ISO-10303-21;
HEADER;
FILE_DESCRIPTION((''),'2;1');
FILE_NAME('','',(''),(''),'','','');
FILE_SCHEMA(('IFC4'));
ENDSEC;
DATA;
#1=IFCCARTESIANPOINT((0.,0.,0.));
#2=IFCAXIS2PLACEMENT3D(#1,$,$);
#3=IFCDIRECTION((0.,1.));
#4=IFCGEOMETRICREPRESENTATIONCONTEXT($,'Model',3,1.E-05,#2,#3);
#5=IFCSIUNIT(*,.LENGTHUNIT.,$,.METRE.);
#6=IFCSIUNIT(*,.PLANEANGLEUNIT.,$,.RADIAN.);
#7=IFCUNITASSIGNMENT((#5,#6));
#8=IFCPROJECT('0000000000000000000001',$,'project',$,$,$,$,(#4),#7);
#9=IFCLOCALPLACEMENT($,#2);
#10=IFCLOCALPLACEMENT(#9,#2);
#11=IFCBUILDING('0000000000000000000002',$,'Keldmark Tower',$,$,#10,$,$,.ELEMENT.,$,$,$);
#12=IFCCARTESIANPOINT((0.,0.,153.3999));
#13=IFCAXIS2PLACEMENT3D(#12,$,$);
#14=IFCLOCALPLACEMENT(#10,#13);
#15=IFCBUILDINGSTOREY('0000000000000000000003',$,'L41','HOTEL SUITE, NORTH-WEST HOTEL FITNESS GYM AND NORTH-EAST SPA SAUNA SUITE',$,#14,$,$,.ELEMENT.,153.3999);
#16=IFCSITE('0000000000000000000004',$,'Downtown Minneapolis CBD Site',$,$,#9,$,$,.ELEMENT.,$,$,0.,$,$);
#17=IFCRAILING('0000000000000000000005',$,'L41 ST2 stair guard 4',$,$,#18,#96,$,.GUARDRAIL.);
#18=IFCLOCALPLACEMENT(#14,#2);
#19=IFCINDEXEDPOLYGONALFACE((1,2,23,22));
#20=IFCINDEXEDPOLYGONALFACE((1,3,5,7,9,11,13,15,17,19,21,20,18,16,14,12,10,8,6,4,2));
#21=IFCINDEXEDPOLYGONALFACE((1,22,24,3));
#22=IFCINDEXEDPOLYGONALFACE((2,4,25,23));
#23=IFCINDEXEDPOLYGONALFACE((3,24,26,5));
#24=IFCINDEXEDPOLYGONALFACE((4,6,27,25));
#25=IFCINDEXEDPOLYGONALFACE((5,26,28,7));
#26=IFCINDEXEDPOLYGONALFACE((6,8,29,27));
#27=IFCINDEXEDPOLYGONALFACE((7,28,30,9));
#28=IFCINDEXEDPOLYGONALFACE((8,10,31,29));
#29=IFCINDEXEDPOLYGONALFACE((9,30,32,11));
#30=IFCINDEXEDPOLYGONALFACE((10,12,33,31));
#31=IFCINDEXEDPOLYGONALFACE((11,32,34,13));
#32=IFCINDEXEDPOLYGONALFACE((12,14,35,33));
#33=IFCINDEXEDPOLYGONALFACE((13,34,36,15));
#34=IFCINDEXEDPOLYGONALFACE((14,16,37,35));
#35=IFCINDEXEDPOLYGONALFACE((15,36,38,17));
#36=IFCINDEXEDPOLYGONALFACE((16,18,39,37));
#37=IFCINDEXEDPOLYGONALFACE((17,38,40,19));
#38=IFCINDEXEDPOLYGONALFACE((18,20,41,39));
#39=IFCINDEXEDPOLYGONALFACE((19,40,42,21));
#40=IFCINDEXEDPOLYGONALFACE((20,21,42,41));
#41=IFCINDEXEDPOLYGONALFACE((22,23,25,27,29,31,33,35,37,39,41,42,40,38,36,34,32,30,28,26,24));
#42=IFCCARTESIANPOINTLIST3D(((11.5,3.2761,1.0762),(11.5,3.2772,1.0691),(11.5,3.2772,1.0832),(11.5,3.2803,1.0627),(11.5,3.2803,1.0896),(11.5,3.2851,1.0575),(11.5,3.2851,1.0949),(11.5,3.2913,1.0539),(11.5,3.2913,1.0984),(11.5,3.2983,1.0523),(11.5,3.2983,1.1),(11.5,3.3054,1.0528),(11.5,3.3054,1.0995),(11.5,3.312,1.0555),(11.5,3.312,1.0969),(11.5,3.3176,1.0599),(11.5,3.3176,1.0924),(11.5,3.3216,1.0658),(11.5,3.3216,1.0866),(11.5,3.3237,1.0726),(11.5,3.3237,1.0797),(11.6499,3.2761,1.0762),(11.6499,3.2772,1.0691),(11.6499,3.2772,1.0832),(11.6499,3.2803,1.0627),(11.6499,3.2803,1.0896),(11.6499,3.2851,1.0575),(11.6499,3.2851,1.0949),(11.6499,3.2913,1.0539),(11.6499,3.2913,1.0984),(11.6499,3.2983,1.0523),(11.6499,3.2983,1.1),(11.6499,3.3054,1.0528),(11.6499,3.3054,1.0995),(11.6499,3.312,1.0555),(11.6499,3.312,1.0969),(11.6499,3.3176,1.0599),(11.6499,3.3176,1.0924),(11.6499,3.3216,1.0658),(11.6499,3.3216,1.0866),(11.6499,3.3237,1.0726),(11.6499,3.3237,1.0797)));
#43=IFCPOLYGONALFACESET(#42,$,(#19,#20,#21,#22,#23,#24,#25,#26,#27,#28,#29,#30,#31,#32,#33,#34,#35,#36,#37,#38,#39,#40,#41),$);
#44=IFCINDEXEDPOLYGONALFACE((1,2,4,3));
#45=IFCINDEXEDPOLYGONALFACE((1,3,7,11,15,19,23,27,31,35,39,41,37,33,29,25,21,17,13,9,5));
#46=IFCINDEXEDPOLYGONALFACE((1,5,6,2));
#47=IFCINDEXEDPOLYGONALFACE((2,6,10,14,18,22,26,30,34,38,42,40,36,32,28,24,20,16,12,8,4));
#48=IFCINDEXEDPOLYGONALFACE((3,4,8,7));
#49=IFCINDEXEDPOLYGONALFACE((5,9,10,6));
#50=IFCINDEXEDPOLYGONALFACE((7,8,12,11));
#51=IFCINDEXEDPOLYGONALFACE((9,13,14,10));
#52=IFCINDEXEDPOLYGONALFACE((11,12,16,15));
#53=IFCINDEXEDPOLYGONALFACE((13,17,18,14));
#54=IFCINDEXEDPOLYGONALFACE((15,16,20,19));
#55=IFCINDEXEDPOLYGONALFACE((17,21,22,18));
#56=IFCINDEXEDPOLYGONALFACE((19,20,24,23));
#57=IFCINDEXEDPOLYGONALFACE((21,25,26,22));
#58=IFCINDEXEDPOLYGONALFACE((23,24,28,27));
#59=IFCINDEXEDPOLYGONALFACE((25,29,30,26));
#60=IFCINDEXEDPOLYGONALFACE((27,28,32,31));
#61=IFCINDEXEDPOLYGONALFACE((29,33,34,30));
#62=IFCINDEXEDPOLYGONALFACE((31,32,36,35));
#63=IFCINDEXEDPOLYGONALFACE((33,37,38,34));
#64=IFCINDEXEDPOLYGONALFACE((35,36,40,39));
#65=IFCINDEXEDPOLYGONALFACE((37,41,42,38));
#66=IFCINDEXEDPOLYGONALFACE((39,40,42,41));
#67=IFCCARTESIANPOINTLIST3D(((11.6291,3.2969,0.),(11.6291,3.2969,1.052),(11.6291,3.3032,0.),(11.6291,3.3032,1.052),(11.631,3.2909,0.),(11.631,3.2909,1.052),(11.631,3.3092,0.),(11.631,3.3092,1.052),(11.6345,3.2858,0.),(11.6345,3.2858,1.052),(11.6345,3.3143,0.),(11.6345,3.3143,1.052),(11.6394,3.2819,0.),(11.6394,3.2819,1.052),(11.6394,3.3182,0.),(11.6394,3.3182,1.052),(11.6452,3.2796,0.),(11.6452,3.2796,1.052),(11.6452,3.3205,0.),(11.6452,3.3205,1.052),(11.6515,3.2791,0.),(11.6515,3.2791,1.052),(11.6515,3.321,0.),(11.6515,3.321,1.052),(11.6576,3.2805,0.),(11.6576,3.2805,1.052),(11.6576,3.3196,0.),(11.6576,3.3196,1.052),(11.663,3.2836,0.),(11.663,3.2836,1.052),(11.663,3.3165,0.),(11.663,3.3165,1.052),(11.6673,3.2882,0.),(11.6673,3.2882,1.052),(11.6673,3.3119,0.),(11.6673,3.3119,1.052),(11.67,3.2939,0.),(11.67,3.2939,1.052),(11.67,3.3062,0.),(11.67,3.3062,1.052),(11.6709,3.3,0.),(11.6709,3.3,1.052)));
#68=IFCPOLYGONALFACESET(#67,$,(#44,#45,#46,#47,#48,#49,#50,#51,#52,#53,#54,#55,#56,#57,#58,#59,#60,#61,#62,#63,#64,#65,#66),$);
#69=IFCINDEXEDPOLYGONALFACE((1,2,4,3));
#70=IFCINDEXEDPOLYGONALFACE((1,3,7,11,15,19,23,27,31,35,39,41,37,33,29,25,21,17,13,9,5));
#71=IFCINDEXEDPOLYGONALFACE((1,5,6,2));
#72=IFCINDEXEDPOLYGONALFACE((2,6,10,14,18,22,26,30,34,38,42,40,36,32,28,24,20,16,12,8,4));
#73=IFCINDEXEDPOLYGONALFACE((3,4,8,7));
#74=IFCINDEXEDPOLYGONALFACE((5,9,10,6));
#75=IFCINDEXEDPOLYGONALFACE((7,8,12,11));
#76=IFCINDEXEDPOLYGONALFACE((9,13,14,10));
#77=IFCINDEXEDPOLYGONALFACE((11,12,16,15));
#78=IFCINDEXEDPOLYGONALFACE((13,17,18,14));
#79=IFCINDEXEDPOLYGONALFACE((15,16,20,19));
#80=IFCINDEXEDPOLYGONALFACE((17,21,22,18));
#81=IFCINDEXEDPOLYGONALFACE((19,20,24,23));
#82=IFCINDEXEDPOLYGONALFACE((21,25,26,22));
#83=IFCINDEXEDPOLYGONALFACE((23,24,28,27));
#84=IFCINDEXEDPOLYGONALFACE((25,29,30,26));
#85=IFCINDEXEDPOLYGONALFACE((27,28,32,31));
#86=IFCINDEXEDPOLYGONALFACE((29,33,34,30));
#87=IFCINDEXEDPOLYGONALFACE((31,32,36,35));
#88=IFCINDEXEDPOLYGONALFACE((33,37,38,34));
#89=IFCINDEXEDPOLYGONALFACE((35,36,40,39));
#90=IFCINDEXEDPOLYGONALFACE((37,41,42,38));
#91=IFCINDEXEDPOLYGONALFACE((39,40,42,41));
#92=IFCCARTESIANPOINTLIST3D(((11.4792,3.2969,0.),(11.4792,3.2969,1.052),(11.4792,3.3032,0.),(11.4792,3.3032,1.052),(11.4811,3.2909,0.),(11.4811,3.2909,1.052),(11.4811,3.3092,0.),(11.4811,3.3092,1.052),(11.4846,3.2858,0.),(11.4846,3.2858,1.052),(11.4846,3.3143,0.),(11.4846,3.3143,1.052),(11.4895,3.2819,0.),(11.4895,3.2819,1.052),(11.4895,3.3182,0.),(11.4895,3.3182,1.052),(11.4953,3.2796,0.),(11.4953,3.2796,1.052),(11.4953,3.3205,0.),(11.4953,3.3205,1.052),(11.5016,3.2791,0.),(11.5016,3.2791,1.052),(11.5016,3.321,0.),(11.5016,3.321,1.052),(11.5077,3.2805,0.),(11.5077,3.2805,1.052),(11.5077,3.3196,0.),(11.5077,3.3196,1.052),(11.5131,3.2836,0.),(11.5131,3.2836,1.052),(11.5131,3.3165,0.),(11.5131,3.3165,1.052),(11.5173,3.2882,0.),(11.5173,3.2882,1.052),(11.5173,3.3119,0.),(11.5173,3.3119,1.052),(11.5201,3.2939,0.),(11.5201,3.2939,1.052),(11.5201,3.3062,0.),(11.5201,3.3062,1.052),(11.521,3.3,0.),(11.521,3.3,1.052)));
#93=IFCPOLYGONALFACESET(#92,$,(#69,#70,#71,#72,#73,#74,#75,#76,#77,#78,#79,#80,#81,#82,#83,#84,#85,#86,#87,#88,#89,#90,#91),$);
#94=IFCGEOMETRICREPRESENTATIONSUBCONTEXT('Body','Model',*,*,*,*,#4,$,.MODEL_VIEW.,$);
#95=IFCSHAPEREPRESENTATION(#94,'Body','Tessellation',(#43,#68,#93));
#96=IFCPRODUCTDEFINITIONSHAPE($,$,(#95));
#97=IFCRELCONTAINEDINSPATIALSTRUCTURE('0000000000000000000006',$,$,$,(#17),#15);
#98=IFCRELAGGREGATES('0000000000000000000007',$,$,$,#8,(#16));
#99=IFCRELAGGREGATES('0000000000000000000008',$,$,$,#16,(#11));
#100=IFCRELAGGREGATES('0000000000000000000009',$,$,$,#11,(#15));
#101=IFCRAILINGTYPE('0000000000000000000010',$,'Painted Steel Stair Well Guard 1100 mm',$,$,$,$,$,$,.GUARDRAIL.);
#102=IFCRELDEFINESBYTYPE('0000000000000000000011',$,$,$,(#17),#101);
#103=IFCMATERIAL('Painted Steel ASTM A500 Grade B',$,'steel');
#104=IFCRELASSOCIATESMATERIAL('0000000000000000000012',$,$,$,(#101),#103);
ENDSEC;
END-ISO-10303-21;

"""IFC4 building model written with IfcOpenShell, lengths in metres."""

from ifc_helpers import new_model, si_unit, direction, frame, origin, origin_2d, place, context, subcontext, project, spatial, circle, extrude, material, type_object, element, save


model = new_model("IFC4")

# Units and contexts
model_context = context("Model", 3, precision=1e-05, world=origin(), true_north=direction((0.0, 1.0)))
body_context = subcontext(model_context, "Body", "Model", "MODEL_VIEW")
ifc_project = project(units=[si_unit("LENGTHUNIT", "METRE"), si_unit("PLANEANGLEUNIT", "RADIAN")], contexts=[model_context])

# Site, building, storey
site_placement = place(None, origin())
site = spatial("IfcSite", under=ifc_project, at=site_placement, Name="Downtown Minneapolis CBD Site", CompositionType="ELEMENT", RefElevation=0.0)
building_placement = place(site_placement, origin())
building = spatial("IfcBuilding", under=site, at=building_placement, Name="Keldmark Tower", CompositionType="ELEMENT")
storey_placement = place(building_placement, frame((0.0, 0.0, 153.3999)))
storey = spatial("IfcBuildingStorey", under=building, at=storey_placement, Name="L41", Description="HOTEL SUITE, NORTH-WEST HOTEL FITNESS GYM AND NORTH-EAST SPA SAUNA SUITE", CompositionType="ELEMENT", Elevation=153.3999)

# Railing
ifc_material_1 = material(Name="Painted Steel ASTM A500 Grade B", Category="steel")
railing_type_1 = type_object("IfcRailingType", Name="Painted Steel Stair Well Guard 1100 mm", PredefinedType="GUARDRAIL", material=ifc_material_1)
railing_1_placement = place(storey_placement, frame((11.6499, 3.3, 0.0)))
element("IfcRailing", 1, at=railing_1_placement, inside=storey, type_object=railing_type_1, Name="L41 ST2 stair guard 4", PredefinedType="GUARDRAIL", context=body_context, shape_type="SweptSolid", body=[
    extrude(circle(Radius=0.0239, at=origin_2d()), frame((0.0, 0.0, 1.0762), z_axis=(-1.0, 0.0, 0.0), x_axis=(0.0, -1.0, 0.0)), (0.0, 0.0, 1.0), 0.1499),
    extrude(circle(Radius=0.021, at=origin_2d()), origin(), (0.0, 0.0, 1.0), 1.052),
    extrude(circle(Radius=0.021, at=origin_2d()), frame((-0.1499, 0.0, 0.0)), (0.0, 0.0, 1.0), 1.052),
])

save(model, "model.ifc")
